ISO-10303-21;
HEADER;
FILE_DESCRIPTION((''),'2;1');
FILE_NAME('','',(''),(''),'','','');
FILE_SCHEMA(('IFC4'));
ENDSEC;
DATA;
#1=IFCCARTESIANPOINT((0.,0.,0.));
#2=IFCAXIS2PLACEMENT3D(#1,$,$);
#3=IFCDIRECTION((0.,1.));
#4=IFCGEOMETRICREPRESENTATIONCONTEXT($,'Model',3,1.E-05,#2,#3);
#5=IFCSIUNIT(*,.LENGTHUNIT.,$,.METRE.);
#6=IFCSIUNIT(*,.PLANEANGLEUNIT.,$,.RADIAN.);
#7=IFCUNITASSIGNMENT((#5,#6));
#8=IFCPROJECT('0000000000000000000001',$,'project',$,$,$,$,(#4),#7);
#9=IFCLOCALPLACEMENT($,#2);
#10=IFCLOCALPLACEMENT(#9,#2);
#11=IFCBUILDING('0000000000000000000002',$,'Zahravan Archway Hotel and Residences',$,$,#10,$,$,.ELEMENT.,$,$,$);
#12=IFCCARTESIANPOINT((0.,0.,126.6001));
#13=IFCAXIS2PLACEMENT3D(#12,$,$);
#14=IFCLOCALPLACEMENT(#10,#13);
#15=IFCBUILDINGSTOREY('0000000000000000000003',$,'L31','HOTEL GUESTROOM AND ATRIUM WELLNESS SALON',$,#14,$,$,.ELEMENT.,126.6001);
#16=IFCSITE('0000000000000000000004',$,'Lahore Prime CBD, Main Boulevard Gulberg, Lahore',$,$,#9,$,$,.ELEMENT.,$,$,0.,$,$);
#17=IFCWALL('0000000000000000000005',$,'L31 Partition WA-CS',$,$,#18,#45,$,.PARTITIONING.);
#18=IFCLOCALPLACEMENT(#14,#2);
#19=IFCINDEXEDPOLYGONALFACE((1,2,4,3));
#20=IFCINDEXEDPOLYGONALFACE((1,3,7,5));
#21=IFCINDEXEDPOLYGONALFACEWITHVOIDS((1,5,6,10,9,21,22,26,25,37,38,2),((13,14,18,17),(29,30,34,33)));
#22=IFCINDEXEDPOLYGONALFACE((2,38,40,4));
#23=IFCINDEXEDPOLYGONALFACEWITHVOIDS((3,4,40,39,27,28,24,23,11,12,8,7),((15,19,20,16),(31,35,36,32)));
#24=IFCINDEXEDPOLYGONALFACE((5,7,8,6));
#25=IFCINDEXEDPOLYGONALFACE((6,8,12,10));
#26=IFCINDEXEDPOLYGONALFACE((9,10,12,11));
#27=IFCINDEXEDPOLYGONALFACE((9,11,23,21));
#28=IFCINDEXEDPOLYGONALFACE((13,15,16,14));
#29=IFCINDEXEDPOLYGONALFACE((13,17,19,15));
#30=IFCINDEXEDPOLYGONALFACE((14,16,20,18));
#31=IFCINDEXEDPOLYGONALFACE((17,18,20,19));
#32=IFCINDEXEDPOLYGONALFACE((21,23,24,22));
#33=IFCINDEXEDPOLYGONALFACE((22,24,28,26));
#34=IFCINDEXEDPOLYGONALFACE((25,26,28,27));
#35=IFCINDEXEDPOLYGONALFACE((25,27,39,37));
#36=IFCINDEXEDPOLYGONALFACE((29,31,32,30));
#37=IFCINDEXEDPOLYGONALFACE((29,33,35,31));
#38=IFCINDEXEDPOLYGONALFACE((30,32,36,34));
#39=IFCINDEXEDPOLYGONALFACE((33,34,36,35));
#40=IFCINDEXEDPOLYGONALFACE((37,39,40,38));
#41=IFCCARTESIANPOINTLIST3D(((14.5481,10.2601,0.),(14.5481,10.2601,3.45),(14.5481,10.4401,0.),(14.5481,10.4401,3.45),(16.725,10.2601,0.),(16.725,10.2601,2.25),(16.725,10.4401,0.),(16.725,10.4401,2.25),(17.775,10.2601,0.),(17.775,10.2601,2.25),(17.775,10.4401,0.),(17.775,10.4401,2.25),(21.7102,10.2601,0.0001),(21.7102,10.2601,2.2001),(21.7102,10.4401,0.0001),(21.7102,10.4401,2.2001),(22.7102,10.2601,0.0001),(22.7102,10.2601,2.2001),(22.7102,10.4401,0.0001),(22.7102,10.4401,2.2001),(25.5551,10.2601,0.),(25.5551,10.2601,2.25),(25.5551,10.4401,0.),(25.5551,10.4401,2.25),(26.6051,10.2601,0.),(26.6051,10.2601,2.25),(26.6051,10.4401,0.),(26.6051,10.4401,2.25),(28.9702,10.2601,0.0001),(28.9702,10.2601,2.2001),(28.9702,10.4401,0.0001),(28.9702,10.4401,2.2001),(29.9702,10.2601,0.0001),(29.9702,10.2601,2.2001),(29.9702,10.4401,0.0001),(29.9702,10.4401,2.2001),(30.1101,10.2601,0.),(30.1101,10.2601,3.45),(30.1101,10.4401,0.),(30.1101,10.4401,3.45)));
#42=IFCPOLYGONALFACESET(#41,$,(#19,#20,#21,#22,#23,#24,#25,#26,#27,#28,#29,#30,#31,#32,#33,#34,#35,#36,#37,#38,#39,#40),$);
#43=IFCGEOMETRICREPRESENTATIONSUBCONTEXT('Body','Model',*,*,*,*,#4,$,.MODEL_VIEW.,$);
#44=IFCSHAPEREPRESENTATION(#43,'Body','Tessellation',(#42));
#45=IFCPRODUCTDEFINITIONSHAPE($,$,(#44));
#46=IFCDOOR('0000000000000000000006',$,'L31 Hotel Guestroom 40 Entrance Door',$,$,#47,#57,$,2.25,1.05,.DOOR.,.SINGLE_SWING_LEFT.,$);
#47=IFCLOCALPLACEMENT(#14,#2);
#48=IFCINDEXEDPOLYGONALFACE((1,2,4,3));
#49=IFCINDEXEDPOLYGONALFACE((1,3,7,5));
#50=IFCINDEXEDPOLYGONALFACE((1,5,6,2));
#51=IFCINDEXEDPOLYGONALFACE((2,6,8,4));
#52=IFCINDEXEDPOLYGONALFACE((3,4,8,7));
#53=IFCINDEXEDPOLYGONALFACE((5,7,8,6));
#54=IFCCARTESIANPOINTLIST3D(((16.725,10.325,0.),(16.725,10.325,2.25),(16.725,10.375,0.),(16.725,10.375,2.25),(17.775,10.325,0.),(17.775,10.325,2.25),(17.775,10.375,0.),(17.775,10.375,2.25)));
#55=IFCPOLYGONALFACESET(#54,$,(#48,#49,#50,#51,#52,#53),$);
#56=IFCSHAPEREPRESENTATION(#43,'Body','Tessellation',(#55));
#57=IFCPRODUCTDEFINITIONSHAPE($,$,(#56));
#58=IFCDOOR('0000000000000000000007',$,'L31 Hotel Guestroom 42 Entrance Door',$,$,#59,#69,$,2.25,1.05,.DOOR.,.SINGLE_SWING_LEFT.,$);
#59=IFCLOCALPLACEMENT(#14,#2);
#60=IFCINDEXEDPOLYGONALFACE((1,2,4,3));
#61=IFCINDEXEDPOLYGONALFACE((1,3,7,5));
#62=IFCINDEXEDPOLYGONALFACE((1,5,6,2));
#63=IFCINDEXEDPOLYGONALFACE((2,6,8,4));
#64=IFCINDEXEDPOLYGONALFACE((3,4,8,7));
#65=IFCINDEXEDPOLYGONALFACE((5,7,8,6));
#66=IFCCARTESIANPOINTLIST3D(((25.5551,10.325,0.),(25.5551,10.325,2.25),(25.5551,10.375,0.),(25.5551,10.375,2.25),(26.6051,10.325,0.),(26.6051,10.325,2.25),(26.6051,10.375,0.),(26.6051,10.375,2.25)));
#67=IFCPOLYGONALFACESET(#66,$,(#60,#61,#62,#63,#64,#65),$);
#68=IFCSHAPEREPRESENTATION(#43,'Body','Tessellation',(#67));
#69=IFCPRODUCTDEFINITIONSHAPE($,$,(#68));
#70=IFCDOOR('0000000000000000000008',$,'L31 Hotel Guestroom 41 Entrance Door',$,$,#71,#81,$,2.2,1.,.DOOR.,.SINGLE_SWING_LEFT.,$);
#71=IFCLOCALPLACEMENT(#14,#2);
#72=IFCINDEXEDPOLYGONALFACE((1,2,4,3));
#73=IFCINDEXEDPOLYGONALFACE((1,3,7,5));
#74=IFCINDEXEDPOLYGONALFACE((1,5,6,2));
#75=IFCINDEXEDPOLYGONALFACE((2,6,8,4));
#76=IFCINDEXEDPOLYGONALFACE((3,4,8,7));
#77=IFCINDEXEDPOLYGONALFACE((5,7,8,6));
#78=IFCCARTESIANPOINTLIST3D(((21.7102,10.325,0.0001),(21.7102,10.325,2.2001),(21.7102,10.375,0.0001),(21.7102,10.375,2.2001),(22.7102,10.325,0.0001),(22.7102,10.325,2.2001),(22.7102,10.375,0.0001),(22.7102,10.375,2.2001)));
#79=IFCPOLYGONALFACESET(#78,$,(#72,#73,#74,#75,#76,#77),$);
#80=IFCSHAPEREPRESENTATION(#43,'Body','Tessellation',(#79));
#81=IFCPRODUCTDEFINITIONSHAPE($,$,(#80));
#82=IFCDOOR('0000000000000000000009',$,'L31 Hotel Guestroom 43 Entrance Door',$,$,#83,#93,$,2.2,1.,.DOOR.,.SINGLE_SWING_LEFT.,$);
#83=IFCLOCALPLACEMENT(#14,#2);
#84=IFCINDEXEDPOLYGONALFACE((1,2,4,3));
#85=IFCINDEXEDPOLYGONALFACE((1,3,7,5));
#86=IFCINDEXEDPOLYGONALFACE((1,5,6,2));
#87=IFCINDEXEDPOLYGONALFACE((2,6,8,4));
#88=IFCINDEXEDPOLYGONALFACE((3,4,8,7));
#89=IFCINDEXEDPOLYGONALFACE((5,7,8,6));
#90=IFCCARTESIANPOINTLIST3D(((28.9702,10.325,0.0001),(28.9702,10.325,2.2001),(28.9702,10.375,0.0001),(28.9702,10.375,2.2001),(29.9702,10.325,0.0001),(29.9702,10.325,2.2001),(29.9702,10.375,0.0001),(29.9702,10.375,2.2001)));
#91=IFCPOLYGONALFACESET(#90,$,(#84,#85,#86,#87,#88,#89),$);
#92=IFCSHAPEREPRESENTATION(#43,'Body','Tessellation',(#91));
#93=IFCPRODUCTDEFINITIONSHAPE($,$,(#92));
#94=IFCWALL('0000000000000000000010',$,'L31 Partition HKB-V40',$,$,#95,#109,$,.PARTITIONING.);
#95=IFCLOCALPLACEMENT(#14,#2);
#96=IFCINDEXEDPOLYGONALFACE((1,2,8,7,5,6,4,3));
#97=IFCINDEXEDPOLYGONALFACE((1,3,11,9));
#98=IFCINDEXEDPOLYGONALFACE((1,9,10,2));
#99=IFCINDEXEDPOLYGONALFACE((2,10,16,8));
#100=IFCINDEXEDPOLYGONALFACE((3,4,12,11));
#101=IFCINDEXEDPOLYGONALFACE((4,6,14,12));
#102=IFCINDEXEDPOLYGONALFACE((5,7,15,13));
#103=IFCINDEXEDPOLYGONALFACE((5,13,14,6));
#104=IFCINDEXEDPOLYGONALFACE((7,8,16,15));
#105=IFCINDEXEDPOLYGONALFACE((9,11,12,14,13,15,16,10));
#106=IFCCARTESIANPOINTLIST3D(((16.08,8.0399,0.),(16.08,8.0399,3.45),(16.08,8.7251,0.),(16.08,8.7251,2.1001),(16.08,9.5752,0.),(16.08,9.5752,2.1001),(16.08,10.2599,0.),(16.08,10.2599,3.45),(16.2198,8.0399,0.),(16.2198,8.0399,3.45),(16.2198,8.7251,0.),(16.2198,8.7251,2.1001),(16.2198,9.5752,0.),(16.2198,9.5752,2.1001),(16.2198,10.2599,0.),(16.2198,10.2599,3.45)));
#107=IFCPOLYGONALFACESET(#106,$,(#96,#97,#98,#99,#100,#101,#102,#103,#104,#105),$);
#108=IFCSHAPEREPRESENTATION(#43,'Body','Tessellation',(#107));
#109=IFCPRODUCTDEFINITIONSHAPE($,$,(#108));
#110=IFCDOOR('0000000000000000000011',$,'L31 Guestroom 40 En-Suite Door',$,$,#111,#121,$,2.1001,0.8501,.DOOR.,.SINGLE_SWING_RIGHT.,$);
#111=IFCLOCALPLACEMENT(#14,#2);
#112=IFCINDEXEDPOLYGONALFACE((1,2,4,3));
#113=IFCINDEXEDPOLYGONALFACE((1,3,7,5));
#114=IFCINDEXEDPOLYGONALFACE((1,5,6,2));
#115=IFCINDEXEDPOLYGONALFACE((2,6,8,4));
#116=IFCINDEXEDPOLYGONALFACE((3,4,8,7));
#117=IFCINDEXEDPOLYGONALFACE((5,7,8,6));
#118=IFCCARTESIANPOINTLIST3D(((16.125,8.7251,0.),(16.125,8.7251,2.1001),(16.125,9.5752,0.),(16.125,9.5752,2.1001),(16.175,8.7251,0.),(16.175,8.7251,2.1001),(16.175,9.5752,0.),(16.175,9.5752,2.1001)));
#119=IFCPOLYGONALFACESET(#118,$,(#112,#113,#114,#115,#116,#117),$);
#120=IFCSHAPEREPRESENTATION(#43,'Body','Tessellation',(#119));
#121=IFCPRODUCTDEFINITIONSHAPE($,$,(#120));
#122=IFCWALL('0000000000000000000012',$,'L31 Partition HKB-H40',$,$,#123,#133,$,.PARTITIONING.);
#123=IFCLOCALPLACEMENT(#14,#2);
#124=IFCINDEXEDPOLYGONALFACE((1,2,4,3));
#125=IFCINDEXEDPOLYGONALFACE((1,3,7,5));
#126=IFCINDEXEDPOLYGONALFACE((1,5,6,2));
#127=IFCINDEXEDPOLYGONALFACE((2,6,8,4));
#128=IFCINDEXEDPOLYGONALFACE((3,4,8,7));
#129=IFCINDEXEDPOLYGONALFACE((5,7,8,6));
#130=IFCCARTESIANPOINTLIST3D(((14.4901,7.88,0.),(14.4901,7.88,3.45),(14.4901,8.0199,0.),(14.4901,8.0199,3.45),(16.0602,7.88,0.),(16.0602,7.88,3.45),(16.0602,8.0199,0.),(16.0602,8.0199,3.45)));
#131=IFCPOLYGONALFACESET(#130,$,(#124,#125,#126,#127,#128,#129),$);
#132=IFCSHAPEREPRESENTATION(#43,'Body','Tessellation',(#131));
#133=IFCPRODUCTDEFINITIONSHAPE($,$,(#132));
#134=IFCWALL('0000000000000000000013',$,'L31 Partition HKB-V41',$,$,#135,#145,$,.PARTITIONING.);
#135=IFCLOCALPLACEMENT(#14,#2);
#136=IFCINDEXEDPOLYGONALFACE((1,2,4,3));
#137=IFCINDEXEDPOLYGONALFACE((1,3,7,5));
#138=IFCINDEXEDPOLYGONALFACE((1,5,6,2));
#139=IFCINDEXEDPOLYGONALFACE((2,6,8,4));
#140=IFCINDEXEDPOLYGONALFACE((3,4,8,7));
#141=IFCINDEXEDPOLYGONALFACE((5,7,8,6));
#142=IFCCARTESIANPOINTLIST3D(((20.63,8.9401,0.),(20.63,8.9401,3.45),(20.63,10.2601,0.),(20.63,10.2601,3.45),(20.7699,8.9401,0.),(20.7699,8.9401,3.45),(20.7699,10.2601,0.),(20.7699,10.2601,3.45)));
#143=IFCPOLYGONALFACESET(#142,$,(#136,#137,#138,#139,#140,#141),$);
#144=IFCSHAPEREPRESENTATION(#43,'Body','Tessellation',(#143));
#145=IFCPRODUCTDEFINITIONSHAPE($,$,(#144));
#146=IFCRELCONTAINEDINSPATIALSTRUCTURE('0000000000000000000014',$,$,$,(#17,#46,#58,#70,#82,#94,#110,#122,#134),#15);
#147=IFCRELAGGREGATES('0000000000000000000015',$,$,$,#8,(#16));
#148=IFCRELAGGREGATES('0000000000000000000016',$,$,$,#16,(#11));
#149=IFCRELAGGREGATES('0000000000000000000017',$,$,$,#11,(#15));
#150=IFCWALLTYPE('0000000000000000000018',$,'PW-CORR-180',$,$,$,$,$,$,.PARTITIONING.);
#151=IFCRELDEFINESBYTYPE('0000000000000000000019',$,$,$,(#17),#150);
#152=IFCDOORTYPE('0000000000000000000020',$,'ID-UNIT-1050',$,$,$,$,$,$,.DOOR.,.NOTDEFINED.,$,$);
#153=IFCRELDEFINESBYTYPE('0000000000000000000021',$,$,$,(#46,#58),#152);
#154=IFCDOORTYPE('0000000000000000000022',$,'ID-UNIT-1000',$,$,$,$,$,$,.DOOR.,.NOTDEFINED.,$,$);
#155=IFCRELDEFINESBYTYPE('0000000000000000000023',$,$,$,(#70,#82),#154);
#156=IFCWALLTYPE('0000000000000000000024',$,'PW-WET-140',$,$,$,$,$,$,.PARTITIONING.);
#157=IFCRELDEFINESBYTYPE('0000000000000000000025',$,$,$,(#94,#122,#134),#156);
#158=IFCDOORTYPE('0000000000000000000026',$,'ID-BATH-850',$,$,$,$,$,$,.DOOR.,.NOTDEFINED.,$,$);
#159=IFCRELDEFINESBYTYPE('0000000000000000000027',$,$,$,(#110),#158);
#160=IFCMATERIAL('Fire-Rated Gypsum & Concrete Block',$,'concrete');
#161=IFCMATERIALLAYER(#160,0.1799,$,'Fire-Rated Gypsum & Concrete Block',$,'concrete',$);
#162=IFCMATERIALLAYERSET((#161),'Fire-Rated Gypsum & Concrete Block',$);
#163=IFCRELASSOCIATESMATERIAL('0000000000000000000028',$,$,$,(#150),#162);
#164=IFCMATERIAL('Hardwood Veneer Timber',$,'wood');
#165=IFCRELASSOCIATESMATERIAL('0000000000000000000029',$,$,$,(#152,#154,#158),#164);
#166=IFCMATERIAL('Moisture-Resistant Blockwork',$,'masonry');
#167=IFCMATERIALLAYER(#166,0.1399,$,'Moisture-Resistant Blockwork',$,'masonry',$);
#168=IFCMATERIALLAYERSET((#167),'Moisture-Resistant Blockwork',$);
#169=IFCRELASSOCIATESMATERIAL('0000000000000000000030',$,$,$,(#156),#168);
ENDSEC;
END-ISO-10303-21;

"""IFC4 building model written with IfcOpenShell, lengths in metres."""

from ifc_helpers import new_model, si_unit, direction, frame, frame_2d, origin, place, context, subcontext, project, spatial, rectangle, extrude, source, transform, mapped, material, layer, layer_set, type_object, type_shapes, element, fill, save


model = new_model("IFC4")

# Units and contexts
model_context = context("Model", 3, precision=1e-05, world=origin(), true_north=direction((0.0, 1.0)))
body_context = subcontext(model_context, "Body", "Model", "MODEL_VIEW")
ifc_project = project(units=[si_unit("LENGTHUNIT", "METRE"), si_unit("PLANEANGLEUNIT", "RADIAN")], contexts=[model_context])

# Site, building, storey
site_placement = place(None, origin())
site = spatial("IfcSite", under=ifc_project, at=site_placement, Name="Lahore Prime CBD, Main Boulevard Gulberg, Lahore", CompositionType="ELEMENT", RefElevation=0.0)
building_placement = place(site_placement, origin())
building = spatial("IfcBuilding", under=site, at=building_placement, Name="Zahravan Archway Hotel and Residences", CompositionType="ELEMENT")
storey_placement = place(building_placement, frame((0.0, 0.0, 126.6001)))
storey = spatial("IfcBuildingStorey", under=building, at=storey_placement, Name="L31", Description="HOTEL GUESTROOM AND ATRIUM WELLNESS SALON", CompositionType="ELEMENT", Elevation=126.6001)

# Shared definitions
ifc_material_1 = material(Name="Fire-Rated Gypsum & Concrete Block", Category="concrete")

# Wall, openings, doors
ifc_layer_1 = layer(ifc_material_1, 0.1799, Name="Fire-Rated Gypsum & Concrete Block", Category="concrete")
ifc_layer_set_1 = layer_set([ifc_layer_1], Name="Fire-Rated Gypsum & Concrete Block")
wall_type_1 = type_object("IfcWallType", Name="PW-CORR-180", PredefinedType="PARTITIONING", material=ifc_layer_set_1)
wall_1_placement = place(storey_placement, frame((14.5481, 10.3501, 0.0), z_axis=(0.0, 0.0, 1.0), x_axis=(1.0, 0.0, 0.0)))
wall_1 = element("IfcWall", 1, at=wall_1_placement, inside=storey, type_object=wall_type_1, Name="L31 Partition WA-CS", PredefinedType="PARTITIONING", context=body_context, shape_type="SweptSolid", body=[
    extrude(rectangle(XDim=15.562, YDim=0.1799, at=frame_2d((7.781, 0.0))), origin(), (0.0, 0.0, 1.0), 3.45),
])
opening_1_placement = place(wall_1_placement, frame((2.177, 0.0, 0.0)))
opening_1 = element("IfcOpeningElement", 2, at=opening_1_placement, cuts=wall_1, PredefinedType="OPENING", context=body_context, shape_type="SweptSolid", body=[
    extrude(rectangle(XDim=1.05, YDim=2.25, at=frame_2d((0.5249, 1.125))), frame((0.0, 0.1001, 0.0), z_axis=(0.0, -1.0, 0.0), x_axis=(1.0, 0.0, 0.0)), (0.0, 0.0, 1.0), 0.2),
])
opening_2_placement = place(wall_1_placement, frame((7.1621, 0.0, 0.0)))
opening_2 = element("IfcOpeningElement", 3, at=opening_2_placement, cuts=wall_1, PredefinedType="OPENING", context=body_context, shape_type="SweptSolid", body=[
    extrude(rectangle(XDim=1.0, YDim=2.2, at=frame_2d((0.5, 1.1001))), frame((0.0, 0.1001, 0.0), z_axis=(0.0, -1.0, 0.0), x_axis=(1.0, 0.0, 0.0)), (0.0, 0.0, 1.0), 0.2),
])
opening_3_placement = place(wall_1_placement, frame((11.0071, 0.0, 0.0)))
opening_3 = element("IfcOpeningElement", 4, at=opening_3_placement, cuts=wall_1, PredefinedType="OPENING", context=body_context, shape_type="SweptSolid", body=[
    extrude(rectangle(XDim=1.05, YDim=2.25, at=frame_2d((0.5249, 1.125))), frame((0.0, 0.1001, 0.0), z_axis=(0.0, -1.0, 0.0), x_axis=(1.0, 0.0, 0.0)), (0.0, 0.0, 1.0), 0.2),
])
opening_4_placement = place(wall_1_placement, frame((14.4221, 0.0, 0.0)))
opening_4 = element("IfcOpeningElement", 5, at=opening_4_placement, cuts=wall_1, PredefinedType="OPENING", context=body_context, shape_type="SweptSolid", body=[
    extrude(rectangle(XDim=1.0, YDim=2.2, at=frame_2d((0.5, 1.1001))), frame((0.0, 0.1001, 0.0), z_axis=(0.0, -1.0, 0.0), x_axis=(1.0, 0.0, 0.0)), (0.0, 0.0, 1.0), 0.2),
])
ifc_material_2 = material(Name="Hardwood Veneer Timber", Category="wood")
door_type_1 = type_object("IfcDoorType", Name="ID-UNIT-1050", OperationType="NOTDEFINED", PredefinedType="DOOR", material=ifc_material_2)
shared_shape_1 = source(origin(), body_context, "Body", "SweptSolid", [
    extrude(rectangle(XDim=1.05, YDim=2.25, at=frame_2d((0.5249, 1.125))), frame((0.0, 0.0249, 0.0), z_axis=(0.0, -1.0, 0.0), x_axis=(1.0, 0.0, 0.0)), (0.0, 0.0, 1.0), 0.05),
])
type_shapes(door_type_1, [shared_shape_1])
door_1_placement = place(opening_1_placement, origin())
door_1 = element("IfcDoor", 6, at=door_1_placement, inside=storey, type_object=door_type_1, Name="L31 Hotel Guestroom 40 Entrance Door", OperationType="SINGLE_SWING_LEFT", OverallHeight=2.25, OverallWidth=1.05, PredefinedType="DOOR", context=body_context, shape_type="MappedRepresentation", body=[
    mapped(shared_shape_1, transform((0.0, 0.0, 0.0), scale=1.0)),
])
fill(opening_1, door_1)
door_2_placement = place(opening_3_placement, origin())
door_2 = element("IfcDoor", 7, at=door_2_placement, inside=storey, type_object=door_type_1, Name="L31 Hotel Guestroom 42 Entrance Door", OperationType="SINGLE_SWING_LEFT", OverallHeight=2.25, OverallWidth=1.05, PredefinedType="DOOR", context=body_context, shape_type="MappedRepresentation", body=[
    mapped(shared_shape_1, transform((0.0, 0.0, 0.0), scale=1.0)),
])
fill(opening_3, door_2)
door_type_2 = type_object("IfcDoorType", Name="ID-UNIT-1000", OperationType="NOTDEFINED", PredefinedType="DOOR", material=ifc_material_2)
shared_shape_2 = source(origin(), body_context, "Body", "SweptSolid", [
    extrude(rectangle(XDim=1.0, YDim=2.2, at=frame_2d((0.5, 1.1001))), frame((0.0, 0.0249, 0.0), z_axis=(0.0, -1.0, 0.0), x_axis=(1.0, 0.0, 0.0)), (0.0, 0.0, 1.0), 0.05),
])
type_shapes(door_type_2, [shared_shape_2])
door_3_placement = place(opening_2_placement, origin())
door_3 = element("IfcDoor", 8, at=door_3_placement, inside=storey, type_object=door_type_2, Name="L31 Hotel Guestroom 41 Entrance Door", OperationType="SINGLE_SWING_LEFT", OverallHeight=2.2, OverallWidth=1.0, PredefinedType="DOOR", context=body_context, shape_type="MappedRepresentation", body=[
    mapped(shared_shape_2, transform((0.0, 0.0, 0.0), scale=1.0)),
])
fill(opening_2, door_3)
door_4_placement = place(opening_4_placement, origin())
door_4 = element("IfcDoor", 9, at=door_4_placement, inside=storey, type_object=door_type_2, Name="L31 Hotel Guestroom 43 Entrance Door", OperationType="SINGLE_SWING_LEFT", OverallHeight=2.2, OverallWidth=1.0, PredefinedType="DOOR", context=body_context, shape_type="MappedRepresentation", body=[
    mapped(shared_shape_2, transform((0.0, 0.0, 0.0), scale=1.0)),
])
fill(opening_4, door_4)

# Wall, opening, door
ifc_material_3 = material(Name="Moisture-Resistant Blockwork", Category="masonry")
ifc_layer_2 = layer(ifc_material_3, 0.1399, Name="Moisture-Resistant Blockwork", Category="masonry")
ifc_layer_set_2 = layer_set([ifc_layer_2], Name="Moisture-Resistant Blockwork")
wall_type_2 = type_object("IfcWallType", Name="PW-WET-140", PredefinedType="PARTITIONING", material=ifc_layer_set_2)
wall_2_placement = place(storey_placement, frame((16.1499, 8.04, 0.0), z_axis=(0.0, 0.0, 1.0), x_axis=(0.0, 1.0, 0.0)))
wall_2 = element("IfcWall", 10, at=wall_2_placement, inside=storey, type_object=wall_type_2, Name="L31 Partition HKB-V40", PredefinedType="PARTITIONING", context=body_context, shape_type="SweptSolid", body=[
    extrude(rectangle(XDim=2.22, YDim=0.1399, at=frame_2d((1.1099, 0.0))), origin(), (0.0, 0.0, 1.0), 3.45),
])
opening_5_placement = place(wall_2_placement, frame((0.6851, 0.0, 0.0)))
opening_5 = element("IfcOpeningElement", 11, at=opening_5_placement, cuts=wall_2, PredefinedType="OPENING", context=body_context, shape_type="SweptSolid", body=[
    extrude(rectangle(XDim=0.8501, YDim=2.1001, at=frame_2d((0.425, 1.05))), frame((0.0, 0.0801, 0.0), z_axis=(0.0, -1.0, 0.0), x_axis=(1.0, 0.0, 0.0)), (0.0, 0.0, 1.0), 0.1599),
])
door_type_3 = type_object("IfcDoorType", Name="ID-BATH-850", OperationType="NOTDEFINED", PredefinedType="DOOR", material=ifc_material_2)
shared_shape_3 = source(origin(), body_context, "Body", "SweptSolid", [
    extrude(rectangle(XDim=0.8501, YDim=2.1001, at=frame_2d((0.425, 1.05))), frame((0.0, 0.0249, 0.0), z_axis=(0.0, -1.0, 0.0), x_axis=(1.0, 0.0, 0.0)), (0.0, 0.0, 1.0), 0.05),
])
type_shapes(door_type_3, [shared_shape_3])
door_5_placement = place(opening_5_placement, origin())
door_5 = element("IfcDoor", 12, at=door_5_placement, inside=storey, type_object=door_type_3, Name="L31 Guestroom 40 En-Suite Door", OperationType="SINGLE_SWING_RIGHT", OverallHeight=2.1001, OverallWidth=0.8501, PredefinedType="DOOR", context=body_context, shape_type="MappedRepresentation", body=[
    mapped(shared_shape_3, transform((0.0, 0.0, 0.0), scale=1.0)),
])
fill(opening_5, door_5)

# Walls
wall_3_placement = place(storey_placement, frame((14.49, 7.95, 0.0), z_axis=(0.0, 0.0, 1.0), x_axis=(1.0, 0.0, 0.0)))
element("IfcWall", 13, at=wall_3_placement, inside=storey, type_object=wall_type_2, Name="L31 Partition HKB-H40", PredefinedType="PARTITIONING", context=body_context, shape_type="SweptSolid", body=[
    extrude(rectangle(XDim=1.5701, YDim=0.1399, at=frame_2d((0.7852, 0.0))), origin(), (0.0, 0.0, 1.0), 3.45),
])
wall_4_placement = place(storey_placement, frame((20.7, 8.9399, 0.0), z_axis=(0.0, 0.0, 1.0), x_axis=(0.0, 1.0, 0.0)))
element("IfcWall", 14, at=wall_4_placement, inside=storey, type_object=wall_type_2, Name="L31 Partition HKB-V41", PredefinedType="PARTITIONING", context=body_context, shape_type="SweptSolid", body=[
    extrude(rectangle(XDim=1.3201, YDim=0.1399, at=frame_2d((0.6602, 0.0))), origin(), (0.0, 0.0, 1.0), 3.45),
])

save(model, "model.ifc")
